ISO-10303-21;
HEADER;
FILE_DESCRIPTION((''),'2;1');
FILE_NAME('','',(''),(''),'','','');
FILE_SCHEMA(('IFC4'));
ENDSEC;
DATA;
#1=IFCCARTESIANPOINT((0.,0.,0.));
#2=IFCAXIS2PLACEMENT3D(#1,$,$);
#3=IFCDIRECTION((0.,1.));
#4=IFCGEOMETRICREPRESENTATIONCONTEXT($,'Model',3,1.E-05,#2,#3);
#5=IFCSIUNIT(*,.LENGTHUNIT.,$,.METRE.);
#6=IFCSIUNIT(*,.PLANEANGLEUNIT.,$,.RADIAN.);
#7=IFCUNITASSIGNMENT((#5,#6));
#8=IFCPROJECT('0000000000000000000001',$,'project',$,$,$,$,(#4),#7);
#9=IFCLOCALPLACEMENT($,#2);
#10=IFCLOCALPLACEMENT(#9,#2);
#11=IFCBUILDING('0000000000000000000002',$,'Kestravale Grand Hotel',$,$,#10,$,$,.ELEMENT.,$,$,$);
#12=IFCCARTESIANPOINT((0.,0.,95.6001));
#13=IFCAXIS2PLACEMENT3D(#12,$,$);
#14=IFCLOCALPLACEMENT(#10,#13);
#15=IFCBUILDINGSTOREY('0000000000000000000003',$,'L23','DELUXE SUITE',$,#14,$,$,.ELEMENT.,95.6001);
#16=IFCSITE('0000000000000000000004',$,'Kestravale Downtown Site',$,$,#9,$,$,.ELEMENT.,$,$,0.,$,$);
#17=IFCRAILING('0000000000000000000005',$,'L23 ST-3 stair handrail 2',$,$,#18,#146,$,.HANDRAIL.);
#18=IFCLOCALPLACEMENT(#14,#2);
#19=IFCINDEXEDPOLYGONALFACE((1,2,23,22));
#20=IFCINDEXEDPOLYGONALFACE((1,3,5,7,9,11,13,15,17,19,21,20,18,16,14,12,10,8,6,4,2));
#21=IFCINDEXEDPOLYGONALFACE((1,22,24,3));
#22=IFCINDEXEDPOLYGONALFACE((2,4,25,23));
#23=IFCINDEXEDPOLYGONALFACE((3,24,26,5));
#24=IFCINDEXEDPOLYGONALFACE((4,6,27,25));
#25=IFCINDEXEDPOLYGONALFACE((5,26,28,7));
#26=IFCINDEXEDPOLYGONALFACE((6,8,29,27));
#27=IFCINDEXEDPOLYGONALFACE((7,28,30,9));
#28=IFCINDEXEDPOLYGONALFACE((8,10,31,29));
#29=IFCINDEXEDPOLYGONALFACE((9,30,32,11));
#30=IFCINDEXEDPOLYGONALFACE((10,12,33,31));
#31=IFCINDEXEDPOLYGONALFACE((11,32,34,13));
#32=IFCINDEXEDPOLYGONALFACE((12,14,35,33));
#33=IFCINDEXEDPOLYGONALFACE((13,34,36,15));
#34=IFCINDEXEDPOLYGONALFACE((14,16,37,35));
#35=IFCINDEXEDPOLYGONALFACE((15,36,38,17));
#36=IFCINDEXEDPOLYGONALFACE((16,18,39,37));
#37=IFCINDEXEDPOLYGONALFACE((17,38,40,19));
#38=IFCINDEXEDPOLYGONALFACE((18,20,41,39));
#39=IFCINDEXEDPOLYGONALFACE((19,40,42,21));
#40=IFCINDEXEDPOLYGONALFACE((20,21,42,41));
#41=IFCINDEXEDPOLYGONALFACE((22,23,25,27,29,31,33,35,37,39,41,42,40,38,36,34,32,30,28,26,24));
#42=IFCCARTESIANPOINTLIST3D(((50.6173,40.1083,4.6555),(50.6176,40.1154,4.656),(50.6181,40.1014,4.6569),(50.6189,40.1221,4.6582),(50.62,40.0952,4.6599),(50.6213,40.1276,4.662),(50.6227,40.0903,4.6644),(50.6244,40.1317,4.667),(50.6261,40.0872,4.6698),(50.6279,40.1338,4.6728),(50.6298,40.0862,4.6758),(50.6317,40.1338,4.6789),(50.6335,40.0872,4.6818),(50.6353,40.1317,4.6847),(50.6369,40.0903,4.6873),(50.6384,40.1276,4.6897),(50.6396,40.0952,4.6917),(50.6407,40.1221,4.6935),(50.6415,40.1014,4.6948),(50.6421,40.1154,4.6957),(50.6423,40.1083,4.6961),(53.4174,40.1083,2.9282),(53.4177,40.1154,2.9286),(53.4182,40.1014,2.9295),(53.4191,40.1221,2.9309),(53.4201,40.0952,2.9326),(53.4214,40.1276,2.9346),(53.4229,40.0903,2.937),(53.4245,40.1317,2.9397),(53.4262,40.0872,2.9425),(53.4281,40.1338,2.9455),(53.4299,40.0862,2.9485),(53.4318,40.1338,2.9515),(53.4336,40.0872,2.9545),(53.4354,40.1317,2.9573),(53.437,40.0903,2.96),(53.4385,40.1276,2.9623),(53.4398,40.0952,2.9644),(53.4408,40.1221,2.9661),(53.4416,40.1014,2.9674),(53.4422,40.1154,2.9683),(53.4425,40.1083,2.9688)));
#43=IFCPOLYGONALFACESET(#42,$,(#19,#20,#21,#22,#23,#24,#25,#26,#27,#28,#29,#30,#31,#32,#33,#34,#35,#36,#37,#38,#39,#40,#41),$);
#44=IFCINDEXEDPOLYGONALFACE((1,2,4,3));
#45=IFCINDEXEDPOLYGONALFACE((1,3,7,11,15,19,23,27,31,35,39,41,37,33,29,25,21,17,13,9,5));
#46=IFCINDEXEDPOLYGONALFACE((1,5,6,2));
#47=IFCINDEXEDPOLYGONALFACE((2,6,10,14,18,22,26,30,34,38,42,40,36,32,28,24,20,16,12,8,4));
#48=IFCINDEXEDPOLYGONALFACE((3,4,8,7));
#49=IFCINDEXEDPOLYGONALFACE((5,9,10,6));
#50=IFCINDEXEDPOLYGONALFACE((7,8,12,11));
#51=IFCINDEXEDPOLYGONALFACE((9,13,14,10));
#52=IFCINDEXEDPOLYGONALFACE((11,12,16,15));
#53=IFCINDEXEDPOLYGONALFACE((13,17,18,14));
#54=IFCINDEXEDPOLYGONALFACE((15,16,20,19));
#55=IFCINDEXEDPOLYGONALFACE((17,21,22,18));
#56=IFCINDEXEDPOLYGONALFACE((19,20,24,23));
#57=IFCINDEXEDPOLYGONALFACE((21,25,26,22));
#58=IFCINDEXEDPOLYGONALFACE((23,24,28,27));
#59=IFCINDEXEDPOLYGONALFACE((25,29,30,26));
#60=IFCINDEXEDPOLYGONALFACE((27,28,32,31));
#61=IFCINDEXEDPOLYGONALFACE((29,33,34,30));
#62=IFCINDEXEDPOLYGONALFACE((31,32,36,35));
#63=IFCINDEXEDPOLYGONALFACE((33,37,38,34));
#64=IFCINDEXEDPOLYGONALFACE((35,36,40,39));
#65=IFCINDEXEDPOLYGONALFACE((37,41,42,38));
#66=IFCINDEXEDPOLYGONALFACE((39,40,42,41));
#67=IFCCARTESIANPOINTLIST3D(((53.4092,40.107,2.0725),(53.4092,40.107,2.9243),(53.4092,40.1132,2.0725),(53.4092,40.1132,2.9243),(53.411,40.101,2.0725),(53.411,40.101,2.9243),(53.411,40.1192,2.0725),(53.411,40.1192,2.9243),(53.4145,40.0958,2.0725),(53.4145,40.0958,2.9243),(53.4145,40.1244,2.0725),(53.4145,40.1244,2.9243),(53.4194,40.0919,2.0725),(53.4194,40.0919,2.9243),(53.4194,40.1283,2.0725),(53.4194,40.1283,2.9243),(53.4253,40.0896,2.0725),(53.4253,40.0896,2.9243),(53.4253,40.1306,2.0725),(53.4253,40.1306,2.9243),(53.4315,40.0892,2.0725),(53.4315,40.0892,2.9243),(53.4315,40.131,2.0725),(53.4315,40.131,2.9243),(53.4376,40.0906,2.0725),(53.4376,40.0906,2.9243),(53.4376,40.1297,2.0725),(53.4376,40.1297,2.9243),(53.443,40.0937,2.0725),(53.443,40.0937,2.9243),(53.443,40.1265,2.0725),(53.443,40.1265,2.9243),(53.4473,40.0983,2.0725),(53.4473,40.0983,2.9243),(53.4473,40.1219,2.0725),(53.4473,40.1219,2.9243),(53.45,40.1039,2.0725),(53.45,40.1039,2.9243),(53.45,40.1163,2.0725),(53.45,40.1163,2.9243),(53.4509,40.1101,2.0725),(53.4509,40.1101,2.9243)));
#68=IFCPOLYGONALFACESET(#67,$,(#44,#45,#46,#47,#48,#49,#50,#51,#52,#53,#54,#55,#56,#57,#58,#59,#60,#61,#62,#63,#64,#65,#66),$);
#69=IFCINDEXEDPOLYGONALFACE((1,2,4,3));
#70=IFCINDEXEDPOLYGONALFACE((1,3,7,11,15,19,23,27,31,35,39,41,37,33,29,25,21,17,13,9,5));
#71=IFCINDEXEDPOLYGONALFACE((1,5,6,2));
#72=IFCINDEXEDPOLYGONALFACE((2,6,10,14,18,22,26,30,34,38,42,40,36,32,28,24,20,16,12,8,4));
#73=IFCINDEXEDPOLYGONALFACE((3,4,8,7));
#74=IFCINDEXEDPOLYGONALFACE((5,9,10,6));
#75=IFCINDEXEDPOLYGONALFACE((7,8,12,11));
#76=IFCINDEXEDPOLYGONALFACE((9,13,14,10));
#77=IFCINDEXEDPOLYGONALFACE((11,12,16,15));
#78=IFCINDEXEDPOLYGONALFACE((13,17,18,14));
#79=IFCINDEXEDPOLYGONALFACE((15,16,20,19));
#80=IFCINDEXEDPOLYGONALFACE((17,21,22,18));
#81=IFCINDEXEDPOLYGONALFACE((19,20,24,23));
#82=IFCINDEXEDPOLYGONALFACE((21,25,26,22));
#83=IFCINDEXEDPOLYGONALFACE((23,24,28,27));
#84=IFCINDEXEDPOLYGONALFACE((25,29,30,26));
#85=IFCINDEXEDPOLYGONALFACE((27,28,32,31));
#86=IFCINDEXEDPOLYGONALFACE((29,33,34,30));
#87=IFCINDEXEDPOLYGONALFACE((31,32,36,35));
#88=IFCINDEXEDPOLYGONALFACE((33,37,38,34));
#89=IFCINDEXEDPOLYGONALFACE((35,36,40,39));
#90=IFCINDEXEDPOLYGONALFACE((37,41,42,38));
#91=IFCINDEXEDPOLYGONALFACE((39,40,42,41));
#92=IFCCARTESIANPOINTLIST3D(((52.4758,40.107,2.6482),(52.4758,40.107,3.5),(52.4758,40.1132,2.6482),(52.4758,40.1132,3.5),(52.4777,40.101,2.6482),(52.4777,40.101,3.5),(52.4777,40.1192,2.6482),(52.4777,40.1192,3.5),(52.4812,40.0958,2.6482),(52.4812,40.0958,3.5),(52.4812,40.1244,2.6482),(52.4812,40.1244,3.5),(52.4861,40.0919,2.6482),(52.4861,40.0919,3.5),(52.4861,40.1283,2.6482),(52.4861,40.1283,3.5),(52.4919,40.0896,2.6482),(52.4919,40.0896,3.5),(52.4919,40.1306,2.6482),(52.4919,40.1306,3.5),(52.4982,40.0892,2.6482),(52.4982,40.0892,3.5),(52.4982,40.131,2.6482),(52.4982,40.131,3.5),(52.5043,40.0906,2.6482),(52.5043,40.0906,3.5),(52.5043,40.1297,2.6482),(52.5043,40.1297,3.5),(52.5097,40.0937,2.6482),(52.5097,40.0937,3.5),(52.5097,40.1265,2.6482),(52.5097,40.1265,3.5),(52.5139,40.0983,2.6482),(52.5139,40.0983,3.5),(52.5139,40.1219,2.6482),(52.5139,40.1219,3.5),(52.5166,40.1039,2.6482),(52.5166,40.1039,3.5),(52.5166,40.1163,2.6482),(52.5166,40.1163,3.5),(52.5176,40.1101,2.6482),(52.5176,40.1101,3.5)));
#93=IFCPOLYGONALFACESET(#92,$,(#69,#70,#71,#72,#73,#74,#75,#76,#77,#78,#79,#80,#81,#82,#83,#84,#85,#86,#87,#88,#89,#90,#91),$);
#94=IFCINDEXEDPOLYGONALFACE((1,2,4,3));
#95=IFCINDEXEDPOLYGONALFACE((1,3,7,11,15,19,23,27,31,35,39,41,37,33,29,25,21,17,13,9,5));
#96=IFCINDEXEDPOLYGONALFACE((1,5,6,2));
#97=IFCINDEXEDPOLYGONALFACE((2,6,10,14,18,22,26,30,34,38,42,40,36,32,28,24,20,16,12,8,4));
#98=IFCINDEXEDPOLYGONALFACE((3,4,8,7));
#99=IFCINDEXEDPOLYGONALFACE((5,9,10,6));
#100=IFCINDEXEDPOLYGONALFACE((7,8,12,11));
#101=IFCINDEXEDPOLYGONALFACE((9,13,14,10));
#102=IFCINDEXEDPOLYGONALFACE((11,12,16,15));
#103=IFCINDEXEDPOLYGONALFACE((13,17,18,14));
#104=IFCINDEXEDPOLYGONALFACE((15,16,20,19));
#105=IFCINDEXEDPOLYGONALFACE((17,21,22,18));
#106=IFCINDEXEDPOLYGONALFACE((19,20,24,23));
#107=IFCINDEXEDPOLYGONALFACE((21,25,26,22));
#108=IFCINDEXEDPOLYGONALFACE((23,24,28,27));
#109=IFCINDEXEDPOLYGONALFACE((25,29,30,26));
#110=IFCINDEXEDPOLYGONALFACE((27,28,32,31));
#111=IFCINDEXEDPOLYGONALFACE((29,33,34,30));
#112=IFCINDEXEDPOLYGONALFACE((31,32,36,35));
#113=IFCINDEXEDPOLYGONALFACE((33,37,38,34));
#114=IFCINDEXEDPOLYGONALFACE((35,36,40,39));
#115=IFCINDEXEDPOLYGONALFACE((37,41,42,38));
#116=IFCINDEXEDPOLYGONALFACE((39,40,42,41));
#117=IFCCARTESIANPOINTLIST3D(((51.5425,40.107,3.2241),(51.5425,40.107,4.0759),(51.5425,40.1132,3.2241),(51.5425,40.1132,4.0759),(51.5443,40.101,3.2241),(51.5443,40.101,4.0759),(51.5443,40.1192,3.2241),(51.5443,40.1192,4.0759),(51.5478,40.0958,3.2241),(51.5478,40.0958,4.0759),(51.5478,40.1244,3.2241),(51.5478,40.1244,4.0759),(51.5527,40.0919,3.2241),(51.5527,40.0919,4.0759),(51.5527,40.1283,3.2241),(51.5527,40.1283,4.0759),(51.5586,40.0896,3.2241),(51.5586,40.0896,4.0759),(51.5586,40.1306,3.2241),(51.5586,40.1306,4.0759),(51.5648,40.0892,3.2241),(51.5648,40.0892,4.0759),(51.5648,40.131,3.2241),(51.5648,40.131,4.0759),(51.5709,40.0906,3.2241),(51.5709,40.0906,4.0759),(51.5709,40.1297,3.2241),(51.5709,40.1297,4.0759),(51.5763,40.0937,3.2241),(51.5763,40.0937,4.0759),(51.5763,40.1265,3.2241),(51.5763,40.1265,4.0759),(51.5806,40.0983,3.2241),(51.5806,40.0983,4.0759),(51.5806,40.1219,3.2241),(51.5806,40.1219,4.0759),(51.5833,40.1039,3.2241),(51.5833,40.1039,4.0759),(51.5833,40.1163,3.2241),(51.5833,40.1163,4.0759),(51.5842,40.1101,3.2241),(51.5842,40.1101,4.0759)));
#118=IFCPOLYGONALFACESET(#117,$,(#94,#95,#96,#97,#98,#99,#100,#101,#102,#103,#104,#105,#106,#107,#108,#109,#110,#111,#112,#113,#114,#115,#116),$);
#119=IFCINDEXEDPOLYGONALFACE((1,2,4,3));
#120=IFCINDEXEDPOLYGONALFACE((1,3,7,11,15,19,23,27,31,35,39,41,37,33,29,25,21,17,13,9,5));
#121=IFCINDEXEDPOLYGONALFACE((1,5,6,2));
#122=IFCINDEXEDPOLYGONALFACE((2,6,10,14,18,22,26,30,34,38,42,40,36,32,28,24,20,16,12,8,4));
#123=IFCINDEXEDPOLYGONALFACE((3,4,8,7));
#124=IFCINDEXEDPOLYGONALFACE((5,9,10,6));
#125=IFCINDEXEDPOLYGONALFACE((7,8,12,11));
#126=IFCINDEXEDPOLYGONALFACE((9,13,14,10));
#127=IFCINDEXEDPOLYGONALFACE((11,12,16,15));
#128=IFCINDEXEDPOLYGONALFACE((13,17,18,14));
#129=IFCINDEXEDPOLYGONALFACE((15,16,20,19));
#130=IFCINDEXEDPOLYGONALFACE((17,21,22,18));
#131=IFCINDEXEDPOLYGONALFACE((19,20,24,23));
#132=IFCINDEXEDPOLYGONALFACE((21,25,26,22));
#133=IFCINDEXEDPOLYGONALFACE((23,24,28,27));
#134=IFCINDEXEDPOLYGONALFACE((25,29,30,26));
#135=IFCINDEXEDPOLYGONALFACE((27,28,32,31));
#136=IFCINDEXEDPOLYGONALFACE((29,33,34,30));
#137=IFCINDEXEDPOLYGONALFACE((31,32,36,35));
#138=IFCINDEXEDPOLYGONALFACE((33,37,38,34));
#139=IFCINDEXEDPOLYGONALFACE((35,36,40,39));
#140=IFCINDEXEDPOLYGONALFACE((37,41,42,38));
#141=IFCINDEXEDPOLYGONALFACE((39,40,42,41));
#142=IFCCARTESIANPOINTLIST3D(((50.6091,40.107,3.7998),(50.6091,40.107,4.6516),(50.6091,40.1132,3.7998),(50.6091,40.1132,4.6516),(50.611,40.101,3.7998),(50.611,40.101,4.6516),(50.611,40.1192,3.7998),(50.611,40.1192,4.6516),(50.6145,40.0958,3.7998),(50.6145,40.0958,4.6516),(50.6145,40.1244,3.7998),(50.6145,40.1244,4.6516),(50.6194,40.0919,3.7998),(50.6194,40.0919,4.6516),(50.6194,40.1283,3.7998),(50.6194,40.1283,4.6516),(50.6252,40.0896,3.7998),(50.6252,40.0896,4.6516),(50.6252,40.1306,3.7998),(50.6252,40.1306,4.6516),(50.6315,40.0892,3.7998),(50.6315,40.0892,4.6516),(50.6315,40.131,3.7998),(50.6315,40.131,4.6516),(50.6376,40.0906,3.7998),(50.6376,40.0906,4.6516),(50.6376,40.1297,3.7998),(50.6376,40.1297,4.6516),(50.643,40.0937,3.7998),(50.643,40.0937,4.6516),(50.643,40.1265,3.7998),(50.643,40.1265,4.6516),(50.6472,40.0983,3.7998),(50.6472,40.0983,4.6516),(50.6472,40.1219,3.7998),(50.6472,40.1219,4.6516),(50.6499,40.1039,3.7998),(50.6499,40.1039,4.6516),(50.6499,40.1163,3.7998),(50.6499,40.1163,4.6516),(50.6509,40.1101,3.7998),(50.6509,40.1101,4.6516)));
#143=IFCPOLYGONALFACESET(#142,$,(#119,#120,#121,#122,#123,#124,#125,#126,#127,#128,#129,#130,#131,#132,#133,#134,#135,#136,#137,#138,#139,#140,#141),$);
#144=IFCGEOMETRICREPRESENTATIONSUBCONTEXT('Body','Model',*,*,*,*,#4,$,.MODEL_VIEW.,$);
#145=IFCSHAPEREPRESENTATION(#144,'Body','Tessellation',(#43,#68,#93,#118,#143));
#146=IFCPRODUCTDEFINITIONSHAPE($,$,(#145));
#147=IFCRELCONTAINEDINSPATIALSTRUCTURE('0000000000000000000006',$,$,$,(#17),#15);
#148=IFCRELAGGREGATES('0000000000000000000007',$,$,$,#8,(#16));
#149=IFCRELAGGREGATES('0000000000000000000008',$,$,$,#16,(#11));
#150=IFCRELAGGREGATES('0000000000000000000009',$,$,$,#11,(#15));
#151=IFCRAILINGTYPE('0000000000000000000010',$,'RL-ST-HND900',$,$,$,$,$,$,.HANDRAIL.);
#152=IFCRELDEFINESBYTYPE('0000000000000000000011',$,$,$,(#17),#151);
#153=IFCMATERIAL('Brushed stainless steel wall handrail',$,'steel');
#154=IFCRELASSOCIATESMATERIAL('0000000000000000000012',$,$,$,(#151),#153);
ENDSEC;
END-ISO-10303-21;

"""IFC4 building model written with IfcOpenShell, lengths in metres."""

from ifc_helpers import new_model, si_unit, direction, frame, origin, origin_2d, place, context, subcontext, project, spatial, circle, extrude, material, type_object, element, save


model = new_model("IFC4")

# Units and contexts
model_context = context("Model", 3, precision=1e-05, world=origin(), true_north=direction((0.0, 1.0)))
body_context = subcontext(model_context, "Body", "Model", "MODEL_VIEW")
ifc_project = project(units=[si_unit("LENGTHUNIT", "METRE"), si_unit("PLANEANGLEUNIT", "RADIAN")], contexts=[model_context])

# Site, building, storey
site_placement = place(None, origin())
site = spatial("IfcSite", under=ifc_project, at=site_placement, Name="Kestravale Downtown Site", CompositionType="ELEMENT", RefElevation=0.0)
building_placement = place(site_placement, origin())
building = spatial("IfcBuilding", under=site, at=building_placement, Name="Kestravale Grand Hotel", CompositionType="ELEMENT")
storey_placement = place(building_placement, frame((0.0, 0.0, 95.6001)))
storey = spatial("IfcBuildingStorey", under=building, at=storey_placement, Name="L23", Description="DELUXE SUITE", CompositionType="ELEMENT", Elevation=95.6001)

# Railing
ifc_material_1 = material(Name="Brushed stainless steel wall handrail", Category="steel")
railing_type_1 = type_object("IfcRailingType", Name="RL-ST-HND900", PredefinedType="HANDRAIL", material=ifc_material_1)
railing_1_placement = place(storey_placement, frame((53.4299, 40.1101, 2.0725)))
element("IfcRailing", 1, at=railing_1_placement, inside=storey, type_object=railing_type_1, Name="L23 ST-3 stair handrail 2", PredefinedType="HANDRAIL", context=body_context, shape_type="SweptSolid", body=[
    extrude(circle(Radius=0.0239, at=origin_2d()), frame((0.0, 0.0, 0.876), z_axis=(-0.85109, 0.0, 0.52502), x_axis=(0.0, -1.0, 0.0)), (0.0, 0.0, 1.0), 3.29),
    extrude(circle(Radius=0.021, at=origin_2d()), origin(), (0.0, 0.0, 1.0), 0.8518),
    extrude(circle(Radius=0.021, at=origin_2d()), frame((-0.9333, 0.0, 0.5757)), (0.0, 0.0, 1.0), 0.8518),
    extrude(circle(Radius=0.021, at=origin_2d()), frame((-1.8667, 0.0, 1.1516)), (0.0, 0.0, 1.0), 0.8518),
    extrude(circle(Radius=0.021, at=origin_2d()), frame((-2.8, 0.0, 1.7273)), (0.0, 0.0, 1.0), 0.8518),
])

save(model, "model.ifc")
